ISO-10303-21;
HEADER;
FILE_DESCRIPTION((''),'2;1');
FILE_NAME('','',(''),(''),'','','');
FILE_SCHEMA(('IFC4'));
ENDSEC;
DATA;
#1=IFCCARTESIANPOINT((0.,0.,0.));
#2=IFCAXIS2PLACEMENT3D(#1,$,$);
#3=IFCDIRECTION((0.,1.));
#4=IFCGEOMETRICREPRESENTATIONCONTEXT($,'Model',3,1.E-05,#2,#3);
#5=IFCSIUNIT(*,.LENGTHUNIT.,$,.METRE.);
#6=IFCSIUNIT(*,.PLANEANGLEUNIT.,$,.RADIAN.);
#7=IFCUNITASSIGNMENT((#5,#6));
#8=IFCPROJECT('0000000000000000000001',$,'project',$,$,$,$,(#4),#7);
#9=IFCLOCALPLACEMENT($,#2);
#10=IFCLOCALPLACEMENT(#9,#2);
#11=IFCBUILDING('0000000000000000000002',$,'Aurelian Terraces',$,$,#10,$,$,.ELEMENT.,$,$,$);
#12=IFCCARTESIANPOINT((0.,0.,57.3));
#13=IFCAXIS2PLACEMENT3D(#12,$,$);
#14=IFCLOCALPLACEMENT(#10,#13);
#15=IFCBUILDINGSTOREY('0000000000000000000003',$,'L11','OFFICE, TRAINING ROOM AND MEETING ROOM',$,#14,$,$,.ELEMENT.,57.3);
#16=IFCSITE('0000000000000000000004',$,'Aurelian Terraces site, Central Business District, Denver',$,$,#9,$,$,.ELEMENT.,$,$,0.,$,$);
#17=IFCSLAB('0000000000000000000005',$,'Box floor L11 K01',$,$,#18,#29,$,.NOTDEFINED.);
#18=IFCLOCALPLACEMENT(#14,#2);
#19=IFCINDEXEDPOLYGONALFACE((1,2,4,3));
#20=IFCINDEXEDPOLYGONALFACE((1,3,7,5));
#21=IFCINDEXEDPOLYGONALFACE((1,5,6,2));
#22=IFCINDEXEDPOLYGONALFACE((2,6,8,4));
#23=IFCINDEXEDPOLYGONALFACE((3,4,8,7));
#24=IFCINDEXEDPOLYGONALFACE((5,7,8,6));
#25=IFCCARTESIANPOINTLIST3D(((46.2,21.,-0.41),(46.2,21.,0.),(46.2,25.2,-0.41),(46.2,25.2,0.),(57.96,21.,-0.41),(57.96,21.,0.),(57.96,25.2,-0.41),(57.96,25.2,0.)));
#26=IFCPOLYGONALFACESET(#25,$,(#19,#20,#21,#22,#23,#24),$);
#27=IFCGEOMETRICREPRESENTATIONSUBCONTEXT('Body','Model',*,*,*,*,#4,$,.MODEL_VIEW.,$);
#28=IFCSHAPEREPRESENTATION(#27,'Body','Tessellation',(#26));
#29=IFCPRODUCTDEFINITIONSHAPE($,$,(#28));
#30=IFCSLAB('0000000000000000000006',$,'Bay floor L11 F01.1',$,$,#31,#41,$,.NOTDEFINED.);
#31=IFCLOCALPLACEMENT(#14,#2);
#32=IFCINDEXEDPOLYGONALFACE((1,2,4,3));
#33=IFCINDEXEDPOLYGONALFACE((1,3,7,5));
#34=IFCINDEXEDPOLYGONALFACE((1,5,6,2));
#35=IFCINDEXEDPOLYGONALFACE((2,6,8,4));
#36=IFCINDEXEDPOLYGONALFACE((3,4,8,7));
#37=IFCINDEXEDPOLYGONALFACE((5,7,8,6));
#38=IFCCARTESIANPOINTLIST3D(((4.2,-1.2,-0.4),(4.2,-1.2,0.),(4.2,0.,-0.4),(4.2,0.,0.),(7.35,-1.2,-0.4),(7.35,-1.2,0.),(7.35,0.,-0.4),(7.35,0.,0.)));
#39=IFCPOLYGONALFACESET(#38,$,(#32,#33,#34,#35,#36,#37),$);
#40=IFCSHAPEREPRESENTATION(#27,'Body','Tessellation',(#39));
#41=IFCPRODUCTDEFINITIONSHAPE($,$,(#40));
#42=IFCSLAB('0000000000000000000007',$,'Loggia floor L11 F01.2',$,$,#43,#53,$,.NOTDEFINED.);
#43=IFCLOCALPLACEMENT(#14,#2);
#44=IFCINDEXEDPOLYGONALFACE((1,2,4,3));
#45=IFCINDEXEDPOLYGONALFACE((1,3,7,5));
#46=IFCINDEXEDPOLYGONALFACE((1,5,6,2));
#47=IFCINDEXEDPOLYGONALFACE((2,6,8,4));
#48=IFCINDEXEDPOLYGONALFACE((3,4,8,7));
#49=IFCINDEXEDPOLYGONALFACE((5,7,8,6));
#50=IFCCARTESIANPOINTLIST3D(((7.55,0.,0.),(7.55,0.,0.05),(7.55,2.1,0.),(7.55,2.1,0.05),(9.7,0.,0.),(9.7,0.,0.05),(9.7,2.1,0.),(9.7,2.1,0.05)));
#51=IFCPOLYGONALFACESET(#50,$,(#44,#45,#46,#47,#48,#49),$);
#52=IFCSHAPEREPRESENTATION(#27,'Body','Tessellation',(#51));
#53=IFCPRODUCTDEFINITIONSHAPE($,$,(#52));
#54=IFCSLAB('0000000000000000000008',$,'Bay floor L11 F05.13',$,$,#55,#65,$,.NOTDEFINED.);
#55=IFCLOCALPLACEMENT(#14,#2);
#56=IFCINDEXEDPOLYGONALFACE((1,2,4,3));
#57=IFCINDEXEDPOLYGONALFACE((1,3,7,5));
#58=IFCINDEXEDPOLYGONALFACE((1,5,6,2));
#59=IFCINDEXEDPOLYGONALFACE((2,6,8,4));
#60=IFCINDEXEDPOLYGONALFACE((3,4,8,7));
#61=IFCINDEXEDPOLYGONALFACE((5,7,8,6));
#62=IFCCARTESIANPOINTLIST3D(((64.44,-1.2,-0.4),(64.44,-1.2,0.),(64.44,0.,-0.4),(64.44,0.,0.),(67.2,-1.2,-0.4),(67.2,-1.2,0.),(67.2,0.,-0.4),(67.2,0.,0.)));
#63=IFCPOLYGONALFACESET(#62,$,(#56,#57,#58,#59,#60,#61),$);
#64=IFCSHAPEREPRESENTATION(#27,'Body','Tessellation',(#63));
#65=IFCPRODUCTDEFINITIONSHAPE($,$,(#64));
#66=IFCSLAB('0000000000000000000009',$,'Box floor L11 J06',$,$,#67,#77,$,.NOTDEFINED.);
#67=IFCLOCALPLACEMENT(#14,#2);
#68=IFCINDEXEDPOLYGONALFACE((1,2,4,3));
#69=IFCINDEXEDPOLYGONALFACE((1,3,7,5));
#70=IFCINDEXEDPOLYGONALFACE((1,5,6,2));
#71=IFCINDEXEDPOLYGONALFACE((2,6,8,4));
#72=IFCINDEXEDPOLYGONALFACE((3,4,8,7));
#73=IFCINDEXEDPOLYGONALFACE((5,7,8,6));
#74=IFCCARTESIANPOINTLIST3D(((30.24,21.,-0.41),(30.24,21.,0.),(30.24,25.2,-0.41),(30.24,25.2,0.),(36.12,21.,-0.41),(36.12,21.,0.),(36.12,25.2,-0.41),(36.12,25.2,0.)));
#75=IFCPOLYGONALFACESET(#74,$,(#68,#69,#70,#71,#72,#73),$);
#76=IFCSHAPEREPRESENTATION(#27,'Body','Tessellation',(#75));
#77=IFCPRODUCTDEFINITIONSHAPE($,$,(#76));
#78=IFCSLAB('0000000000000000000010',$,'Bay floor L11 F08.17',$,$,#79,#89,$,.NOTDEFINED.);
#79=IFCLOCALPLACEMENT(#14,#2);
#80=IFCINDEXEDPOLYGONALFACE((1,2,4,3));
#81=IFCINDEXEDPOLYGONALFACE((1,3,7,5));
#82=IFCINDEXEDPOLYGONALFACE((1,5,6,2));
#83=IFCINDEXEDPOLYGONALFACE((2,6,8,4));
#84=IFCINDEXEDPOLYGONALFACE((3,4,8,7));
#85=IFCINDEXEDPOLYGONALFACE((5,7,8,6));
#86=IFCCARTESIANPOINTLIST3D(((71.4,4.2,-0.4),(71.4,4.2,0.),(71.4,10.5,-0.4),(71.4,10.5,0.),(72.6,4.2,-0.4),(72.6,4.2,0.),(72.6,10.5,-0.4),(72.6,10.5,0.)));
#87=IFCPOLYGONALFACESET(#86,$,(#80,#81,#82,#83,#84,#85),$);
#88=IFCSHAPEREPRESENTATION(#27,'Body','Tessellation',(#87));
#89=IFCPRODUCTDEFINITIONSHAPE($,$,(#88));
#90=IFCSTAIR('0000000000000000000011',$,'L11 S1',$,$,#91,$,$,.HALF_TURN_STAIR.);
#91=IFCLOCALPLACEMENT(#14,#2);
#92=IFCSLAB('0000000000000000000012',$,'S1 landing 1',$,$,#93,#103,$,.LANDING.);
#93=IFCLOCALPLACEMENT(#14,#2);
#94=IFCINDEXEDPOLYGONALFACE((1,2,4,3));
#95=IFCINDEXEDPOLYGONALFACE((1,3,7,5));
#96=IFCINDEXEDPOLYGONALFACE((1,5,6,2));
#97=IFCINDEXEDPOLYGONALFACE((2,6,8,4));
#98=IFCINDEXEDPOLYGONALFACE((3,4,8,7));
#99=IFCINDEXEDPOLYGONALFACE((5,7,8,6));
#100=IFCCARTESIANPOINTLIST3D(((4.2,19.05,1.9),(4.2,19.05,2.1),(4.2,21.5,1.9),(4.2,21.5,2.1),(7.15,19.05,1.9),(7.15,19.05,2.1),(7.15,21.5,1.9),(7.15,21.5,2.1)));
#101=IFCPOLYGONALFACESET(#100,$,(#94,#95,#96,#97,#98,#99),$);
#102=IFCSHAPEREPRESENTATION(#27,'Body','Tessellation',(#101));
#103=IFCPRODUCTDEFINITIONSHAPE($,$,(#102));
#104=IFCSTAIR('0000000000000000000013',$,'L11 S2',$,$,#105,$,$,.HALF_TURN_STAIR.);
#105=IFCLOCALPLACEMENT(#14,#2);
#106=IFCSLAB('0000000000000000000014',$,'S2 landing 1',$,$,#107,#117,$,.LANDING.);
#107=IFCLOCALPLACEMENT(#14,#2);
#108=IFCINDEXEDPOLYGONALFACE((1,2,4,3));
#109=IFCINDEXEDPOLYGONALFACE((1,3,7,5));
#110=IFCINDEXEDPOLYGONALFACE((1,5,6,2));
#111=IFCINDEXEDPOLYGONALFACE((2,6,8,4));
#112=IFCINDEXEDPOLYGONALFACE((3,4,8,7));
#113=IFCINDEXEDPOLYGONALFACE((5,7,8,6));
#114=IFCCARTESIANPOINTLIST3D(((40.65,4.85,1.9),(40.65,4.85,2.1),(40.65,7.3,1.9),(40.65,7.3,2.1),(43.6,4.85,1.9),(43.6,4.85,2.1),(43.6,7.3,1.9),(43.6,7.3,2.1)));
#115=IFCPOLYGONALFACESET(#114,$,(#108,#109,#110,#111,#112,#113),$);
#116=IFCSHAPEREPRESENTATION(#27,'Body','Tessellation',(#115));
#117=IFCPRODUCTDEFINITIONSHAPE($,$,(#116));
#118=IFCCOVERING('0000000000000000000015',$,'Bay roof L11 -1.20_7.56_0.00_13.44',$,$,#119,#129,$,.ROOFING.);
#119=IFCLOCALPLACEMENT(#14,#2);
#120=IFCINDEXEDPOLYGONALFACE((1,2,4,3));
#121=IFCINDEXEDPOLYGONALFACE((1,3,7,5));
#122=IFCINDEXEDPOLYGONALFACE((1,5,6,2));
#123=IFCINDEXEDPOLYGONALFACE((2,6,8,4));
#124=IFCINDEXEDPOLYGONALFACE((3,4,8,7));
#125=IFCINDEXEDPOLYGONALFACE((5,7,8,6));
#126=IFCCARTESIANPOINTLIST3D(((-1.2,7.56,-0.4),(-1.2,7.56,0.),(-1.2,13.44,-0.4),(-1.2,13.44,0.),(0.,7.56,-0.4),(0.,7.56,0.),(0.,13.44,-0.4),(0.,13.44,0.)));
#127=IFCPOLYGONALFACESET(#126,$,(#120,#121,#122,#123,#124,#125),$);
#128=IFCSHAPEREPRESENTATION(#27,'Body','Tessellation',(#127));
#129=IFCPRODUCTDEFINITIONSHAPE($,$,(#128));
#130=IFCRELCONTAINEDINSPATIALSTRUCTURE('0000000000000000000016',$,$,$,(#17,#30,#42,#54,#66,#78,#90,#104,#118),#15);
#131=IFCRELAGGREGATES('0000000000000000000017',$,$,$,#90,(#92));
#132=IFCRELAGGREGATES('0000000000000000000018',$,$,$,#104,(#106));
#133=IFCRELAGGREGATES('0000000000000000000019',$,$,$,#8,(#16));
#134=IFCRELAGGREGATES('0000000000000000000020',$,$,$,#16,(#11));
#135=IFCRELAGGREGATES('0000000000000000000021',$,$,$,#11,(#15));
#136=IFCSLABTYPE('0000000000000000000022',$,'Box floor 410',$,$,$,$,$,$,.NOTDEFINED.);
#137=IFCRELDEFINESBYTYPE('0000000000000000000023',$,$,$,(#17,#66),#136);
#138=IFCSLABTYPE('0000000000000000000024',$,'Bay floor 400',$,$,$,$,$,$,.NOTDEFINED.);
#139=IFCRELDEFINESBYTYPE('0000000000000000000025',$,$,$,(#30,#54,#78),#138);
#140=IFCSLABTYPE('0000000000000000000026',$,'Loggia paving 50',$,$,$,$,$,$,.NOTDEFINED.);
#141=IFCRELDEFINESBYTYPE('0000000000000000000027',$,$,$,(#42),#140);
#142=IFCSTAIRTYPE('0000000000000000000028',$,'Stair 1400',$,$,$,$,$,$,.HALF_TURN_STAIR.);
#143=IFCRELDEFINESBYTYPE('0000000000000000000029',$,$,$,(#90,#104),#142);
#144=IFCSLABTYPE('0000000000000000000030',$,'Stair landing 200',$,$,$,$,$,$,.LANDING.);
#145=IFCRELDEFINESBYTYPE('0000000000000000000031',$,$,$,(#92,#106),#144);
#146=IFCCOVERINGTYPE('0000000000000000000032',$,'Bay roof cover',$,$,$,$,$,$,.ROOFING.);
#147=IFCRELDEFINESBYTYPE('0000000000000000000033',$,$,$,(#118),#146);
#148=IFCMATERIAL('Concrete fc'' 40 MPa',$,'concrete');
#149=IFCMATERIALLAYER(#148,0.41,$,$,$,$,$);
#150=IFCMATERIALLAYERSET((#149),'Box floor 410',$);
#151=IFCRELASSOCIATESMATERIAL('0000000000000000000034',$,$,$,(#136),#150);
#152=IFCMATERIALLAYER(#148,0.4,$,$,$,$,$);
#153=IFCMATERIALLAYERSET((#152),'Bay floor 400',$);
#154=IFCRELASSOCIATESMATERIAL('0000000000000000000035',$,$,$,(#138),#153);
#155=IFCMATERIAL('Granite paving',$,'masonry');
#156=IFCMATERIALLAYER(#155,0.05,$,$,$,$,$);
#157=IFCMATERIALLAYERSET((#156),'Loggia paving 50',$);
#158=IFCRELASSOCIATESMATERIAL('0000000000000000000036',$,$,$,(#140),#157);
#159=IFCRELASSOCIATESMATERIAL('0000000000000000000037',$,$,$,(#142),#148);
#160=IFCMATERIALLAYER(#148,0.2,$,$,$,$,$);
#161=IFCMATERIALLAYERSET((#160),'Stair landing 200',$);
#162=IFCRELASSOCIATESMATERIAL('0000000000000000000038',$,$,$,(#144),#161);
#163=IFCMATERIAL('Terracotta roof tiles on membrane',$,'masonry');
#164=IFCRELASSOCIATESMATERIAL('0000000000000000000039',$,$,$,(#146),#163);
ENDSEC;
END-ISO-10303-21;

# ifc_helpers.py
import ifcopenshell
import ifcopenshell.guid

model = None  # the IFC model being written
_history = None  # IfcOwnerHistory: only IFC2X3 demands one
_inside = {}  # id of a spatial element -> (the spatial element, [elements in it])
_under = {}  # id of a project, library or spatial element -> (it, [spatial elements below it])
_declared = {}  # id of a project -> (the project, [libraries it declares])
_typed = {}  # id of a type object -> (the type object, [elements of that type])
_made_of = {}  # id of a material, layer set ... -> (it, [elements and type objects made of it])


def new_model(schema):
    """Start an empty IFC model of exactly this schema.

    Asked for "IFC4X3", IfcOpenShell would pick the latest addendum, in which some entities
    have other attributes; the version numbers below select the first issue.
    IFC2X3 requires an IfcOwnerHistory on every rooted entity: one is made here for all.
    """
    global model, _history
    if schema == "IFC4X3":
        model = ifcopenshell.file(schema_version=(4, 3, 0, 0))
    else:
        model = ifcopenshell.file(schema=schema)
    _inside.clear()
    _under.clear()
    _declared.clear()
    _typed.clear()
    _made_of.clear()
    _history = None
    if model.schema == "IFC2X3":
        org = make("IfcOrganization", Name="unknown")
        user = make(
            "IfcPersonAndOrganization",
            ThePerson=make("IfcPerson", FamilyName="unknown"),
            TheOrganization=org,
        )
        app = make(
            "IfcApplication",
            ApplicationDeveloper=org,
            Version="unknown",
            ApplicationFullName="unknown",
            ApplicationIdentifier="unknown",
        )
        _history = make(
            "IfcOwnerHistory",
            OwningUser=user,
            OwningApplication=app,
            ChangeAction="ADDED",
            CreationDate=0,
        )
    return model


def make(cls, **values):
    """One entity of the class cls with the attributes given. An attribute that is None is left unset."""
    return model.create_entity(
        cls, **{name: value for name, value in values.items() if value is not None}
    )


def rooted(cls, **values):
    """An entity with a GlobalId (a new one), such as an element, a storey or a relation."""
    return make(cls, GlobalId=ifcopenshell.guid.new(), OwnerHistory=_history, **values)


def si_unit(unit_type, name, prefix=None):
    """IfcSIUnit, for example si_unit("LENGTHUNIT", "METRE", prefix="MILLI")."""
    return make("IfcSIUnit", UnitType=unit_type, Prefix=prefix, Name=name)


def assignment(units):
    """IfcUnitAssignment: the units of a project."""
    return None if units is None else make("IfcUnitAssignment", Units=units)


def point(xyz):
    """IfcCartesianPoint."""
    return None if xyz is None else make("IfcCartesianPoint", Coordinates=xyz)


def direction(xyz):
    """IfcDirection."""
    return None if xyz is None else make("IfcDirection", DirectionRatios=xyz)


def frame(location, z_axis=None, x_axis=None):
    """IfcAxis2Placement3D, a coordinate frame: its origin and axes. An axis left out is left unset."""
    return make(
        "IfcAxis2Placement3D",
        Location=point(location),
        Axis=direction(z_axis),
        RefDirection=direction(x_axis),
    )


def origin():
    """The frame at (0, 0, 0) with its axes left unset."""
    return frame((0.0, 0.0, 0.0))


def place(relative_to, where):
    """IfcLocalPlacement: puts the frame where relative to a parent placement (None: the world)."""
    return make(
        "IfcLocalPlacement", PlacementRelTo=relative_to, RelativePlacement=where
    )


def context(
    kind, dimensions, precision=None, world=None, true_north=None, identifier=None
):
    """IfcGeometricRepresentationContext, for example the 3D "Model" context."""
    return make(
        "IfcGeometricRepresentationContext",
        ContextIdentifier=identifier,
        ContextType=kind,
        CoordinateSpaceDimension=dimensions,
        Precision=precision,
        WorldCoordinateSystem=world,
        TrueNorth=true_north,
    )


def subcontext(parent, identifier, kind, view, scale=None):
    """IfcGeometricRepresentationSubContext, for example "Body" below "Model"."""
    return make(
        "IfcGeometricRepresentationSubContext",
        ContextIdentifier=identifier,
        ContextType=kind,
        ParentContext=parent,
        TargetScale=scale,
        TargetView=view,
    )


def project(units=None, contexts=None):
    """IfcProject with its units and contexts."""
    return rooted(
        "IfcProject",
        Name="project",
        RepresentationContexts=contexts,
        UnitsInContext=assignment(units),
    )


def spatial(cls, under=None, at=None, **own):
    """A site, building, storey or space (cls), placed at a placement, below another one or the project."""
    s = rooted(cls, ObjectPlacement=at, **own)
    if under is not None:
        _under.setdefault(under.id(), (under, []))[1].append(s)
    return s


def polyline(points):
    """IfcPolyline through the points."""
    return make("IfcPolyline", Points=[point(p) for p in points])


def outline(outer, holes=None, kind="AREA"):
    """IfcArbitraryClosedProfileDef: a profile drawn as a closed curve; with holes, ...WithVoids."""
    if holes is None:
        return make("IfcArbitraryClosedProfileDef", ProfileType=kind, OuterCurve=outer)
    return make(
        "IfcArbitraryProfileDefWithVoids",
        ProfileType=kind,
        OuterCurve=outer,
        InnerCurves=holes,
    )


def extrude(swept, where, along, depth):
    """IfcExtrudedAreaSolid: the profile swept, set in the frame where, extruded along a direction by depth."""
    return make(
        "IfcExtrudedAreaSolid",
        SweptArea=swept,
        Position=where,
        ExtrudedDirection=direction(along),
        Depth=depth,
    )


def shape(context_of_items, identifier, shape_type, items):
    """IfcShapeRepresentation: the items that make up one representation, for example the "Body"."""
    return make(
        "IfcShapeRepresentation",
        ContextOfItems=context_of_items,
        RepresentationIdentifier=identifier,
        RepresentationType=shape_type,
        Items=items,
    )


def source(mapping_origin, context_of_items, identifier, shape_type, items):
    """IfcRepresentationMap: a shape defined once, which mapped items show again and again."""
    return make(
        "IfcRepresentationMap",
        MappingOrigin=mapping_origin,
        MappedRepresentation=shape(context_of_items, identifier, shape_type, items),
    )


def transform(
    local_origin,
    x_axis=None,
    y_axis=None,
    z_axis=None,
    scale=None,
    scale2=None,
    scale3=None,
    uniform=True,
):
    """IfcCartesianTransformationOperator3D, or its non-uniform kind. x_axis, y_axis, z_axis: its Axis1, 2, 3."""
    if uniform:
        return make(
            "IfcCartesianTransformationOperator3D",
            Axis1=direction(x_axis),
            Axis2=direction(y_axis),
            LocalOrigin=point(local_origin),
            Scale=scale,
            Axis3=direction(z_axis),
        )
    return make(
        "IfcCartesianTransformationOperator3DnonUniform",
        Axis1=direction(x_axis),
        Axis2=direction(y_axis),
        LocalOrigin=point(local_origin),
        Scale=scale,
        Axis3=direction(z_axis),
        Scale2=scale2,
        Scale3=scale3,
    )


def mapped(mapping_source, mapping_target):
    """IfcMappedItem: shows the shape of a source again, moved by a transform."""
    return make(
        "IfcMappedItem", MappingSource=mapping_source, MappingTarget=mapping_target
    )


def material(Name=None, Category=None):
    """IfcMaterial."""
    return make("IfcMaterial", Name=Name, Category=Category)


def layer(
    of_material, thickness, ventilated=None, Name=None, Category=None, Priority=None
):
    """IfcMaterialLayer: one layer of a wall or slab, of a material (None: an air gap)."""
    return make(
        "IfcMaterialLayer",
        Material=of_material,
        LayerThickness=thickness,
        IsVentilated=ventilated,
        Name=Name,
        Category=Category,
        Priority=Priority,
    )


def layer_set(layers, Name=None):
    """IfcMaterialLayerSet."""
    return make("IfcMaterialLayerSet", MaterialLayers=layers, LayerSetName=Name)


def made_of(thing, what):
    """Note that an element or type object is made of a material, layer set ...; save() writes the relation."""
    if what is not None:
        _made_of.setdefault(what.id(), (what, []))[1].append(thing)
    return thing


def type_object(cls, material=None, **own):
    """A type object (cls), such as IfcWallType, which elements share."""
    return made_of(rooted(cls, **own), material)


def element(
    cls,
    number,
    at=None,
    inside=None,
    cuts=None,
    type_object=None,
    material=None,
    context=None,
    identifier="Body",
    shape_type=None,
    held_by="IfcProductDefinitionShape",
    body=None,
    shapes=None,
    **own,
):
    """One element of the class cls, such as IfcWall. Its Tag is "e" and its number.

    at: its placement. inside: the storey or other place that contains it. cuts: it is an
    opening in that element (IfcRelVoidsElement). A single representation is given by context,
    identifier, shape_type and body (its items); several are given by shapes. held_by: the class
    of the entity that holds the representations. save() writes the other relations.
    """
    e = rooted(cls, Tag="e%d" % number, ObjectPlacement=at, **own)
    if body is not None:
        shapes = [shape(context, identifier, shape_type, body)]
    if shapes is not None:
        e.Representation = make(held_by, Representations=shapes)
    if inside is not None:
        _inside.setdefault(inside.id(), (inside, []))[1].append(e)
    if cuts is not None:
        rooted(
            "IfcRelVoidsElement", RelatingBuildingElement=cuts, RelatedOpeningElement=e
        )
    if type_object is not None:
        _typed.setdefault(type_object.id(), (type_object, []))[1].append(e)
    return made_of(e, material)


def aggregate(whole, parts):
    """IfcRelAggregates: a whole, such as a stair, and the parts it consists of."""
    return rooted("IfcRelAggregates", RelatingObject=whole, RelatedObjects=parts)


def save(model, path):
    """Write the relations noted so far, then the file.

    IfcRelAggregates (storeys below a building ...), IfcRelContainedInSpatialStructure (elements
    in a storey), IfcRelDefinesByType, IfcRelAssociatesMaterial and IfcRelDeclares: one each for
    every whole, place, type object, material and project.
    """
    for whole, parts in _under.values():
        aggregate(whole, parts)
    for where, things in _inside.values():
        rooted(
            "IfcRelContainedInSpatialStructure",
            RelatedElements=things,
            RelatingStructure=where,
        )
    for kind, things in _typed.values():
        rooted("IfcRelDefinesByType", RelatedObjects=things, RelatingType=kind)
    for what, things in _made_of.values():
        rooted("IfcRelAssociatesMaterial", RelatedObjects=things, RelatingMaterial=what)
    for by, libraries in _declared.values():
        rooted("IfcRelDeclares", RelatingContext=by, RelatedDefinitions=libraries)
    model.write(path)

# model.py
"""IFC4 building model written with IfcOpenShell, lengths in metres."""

from ifc_helpers import new_model, si_unit, direction, frame, origin, place, context, subcontext, project, spatial, polyline, outline, extrude, source, transform, mapped, material, layer, layer_set, type_object, element, aggregate, save


model = new_model("IFC4")

# Units and contexts
model_context = context("Model", 3, precision=1e-05, world=origin(), true_north=direction((0.0, 1.0)))
body_context = subcontext(model_context, "Body", "Model", "MODEL_VIEW")
ifc_project = project(units=[si_unit("LENGTHUNIT", "METRE"), si_unit("PLANEANGLEUNIT", "RADIAN")], contexts=[model_context])

# Site, building, storey
site_placement = place(None, origin())
site = spatial("IfcSite", under=ifc_project, at=site_placement, Name="Aurelian Terraces site, Central Business District, Denver", CompositionType="ELEMENT", RefElevation=0.0)
building_placement = place(site_placement, origin())
building = spatial("IfcBuilding", under=site, at=building_placement, Name="Aurelian Terraces", CompositionType="ELEMENT")
storey_placement = place(building_placement, frame((0.0, 0.0, 57.3)))
storey = spatial("IfcBuildingStorey", under=building, at=storey_placement, Name="L11", Description="OFFICE, TRAINING ROOM AND MEETING ROOM", CompositionType="ELEMENT", Elevation=57.3)

# Slabs
ifc_material_1 = material(Name="Concrete fc' 40 MPa", Category="concrete")
ifc_layer_1 = layer(ifc_material_1, 0.41)
ifc_layer_set_1 = layer_set([ifc_layer_1], Name="Box floor 410")
slab_type_1 = type_object("IfcSlabType", Name="Box floor 410", PredefinedType="NOTDEFINED", material=ifc_layer_set_1)
ifc_layer_2 = layer(ifc_material_1, 0.4)
ifc_layer_set_2 = layer_set([ifc_layer_2], Name="Bay floor 400")
slab_type_2 = type_object("IfcSlabType", Name="Bay floor 400", PredefinedType="NOTDEFINED", material=ifc_layer_set_2)
shared_shape_1 = source(origin(), body_context, "Body", "SweptSolid", [
    extrude(outline(polyline([(57.96, 25.2), (46.2, 25.2), (46.2, 21.0), (57.96, 21.0), (57.96, 25.2)])), origin(), (0.0, 0.0, 1.0), 0.41),
])
slab_1_placement = place(storey_placement, frame((0.0, 0.0, -0.41)))
element("IfcSlab", 1, at=slab_1_placement, inside=storey, type_object=slab_type_1, Name="Box floor L11 K01", PredefinedType="NOTDEFINED", context=body_context, shape_type="MappedRepresentation", body=[
    mapped(shared_shape_1, transform((0.0, 0.0, 0.0), scale=1.0)),
])
shared_shape_2 = source(origin(), body_context, "Body", "SweptSolid", [
    extrude(outline(polyline([(4.2, 0.0), (7.35, 0.0), (7.35, -1.2), (4.2, -1.2), (4.2, 0.0)])), origin(), (0.0, 0.0, 1.0), 0.4),
])
slab_2_placement = place(storey_placement, frame((0.0, 0.0, -0.4)))
element("IfcSlab", 2, at=slab_2_placement, inside=storey, type_object=slab_type_2, Name="Bay floor L11 F01.1", PredefinedType="NOTDEFINED", context=body_context, shape_type="MappedRepresentation", body=[
    mapped(shared_shape_2, transform((0.0, 0.0, 0.0), scale=1.0)),
])
ifc_material_2 = material(Name="Granite paving", Category="masonry")
ifc_layer_3 = layer(ifc_material_2, 0.05)
ifc_layer_set_3 = layer_set([ifc_layer_3], Name="Loggia paving 50")
slab_type_3 = type_object("IfcSlabType", Name="Loggia paving 50", PredefinedType="NOTDEFINED", material=ifc_layer_set_3)
shared_shape_3 = source(origin(), body_context, "Body", "SweptSolid", [
    extrude(outline(polyline([(7.55, 0.0), (9.7, 0.0), (9.7, 2.1), (7.55, 2.1), (7.55, 0.0)])), origin(), (0.0, 0.0, 1.0), 0.05),
])
slab_3_placement = place(storey_placement, origin())
element("IfcSlab", 3, at=slab_3_placement, inside=storey, type_object=slab_type_3, Name="Loggia floor L11 F01.2", PredefinedType="NOTDEFINED", context=body_context, shape_type="MappedRepresentation", body=[
    mapped(shared_shape_3, transform((0.0, 0.0, 0.0), scale=1.0)),
])
shared_shape_4 = source(origin(), body_context, "Body", "SweptSolid", [
    extrude(outline(polyline([(64.44, 0.0), (67.2, 0.0), (67.2, -1.2), (64.44, -1.2), (64.44, 0.0)])), origin(), (0.0, 0.0, 1.0), 0.4),
])
slab_4_placement = place(storey_placement, frame((0.0, 0.0, -0.4)))
element("IfcSlab", 4, at=slab_4_placement, inside=storey, type_object=slab_type_2, Name="Bay floor L11 F05.13", PredefinedType="NOTDEFINED", context=body_context, shape_type="MappedRepresentation", body=[
    mapped(shared_shape_4, transform((0.0, 0.0, 0.0), scale=1.0)),
])
shared_shape_5 = source(origin(), body_context, "Body", "SweptSolid", [
    extrude(outline(polyline([(36.12, 25.2), (30.24, 25.2), (30.24, 21.0), (36.12, 21.0), (36.12, 25.2)])), origin(), (0.0, 0.0, 1.0), 0.41),
])
slab_5_placement = place(storey_placement, frame((0.0, 0.0, -0.41)))
element("IfcSlab", 5, at=slab_5_placement, inside=storey, type_object=slab_type_1, Name="Box floor L11 J06", PredefinedType="NOTDEFINED", context=body_context, shape_type="MappedRepresentation", body=[
    mapped(shared_shape_5, transform((0.0, 0.0, 0.0), scale=1.0)),
])
shared_shape_6 = source(origin(), body_context, "Body", "SweptSolid", [
    extrude(outline(polyline([(71.4, 4.2), (71.4, 10.5), (72.6, 10.5), (72.6, 4.2), (71.4, 4.2)])), origin(), (0.0, 0.0, 1.0), 0.4),
])
slab_6_placement = place(storey_placement, frame((0.0, 0.0, -0.4)))
element("IfcSlab", 6, at=slab_6_placement, inside=storey, type_object=slab_type_2, Name="Bay floor L11 F08.17", PredefinedType="NOTDEFINED", context=body_context, shape_type="MappedRepresentation", body=[
    mapped(shared_shape_6, transform((0.0, 0.0, 0.0), scale=1.0)),
])

# Stairs, slabs
stair_type = type_object("IfcStairType", Name="Stair 1400", PredefinedType="HALF_TURN_STAIR", material=ifc_material_1)
stair_1_placement = place(storey_placement, origin())
stair_1 = element("IfcStair", 7, at=stair_1_placement, inside=storey, type_object=stair_type, Name="L11 S1", PredefinedType="HALF_TURN_STAIR")
ifc_layer_4 = layer(ifc_material_1, 0.2)
ifc_layer_set_4 = layer_set([ifc_layer_4], Name="Stair landing 200")
slab_type_4 = type_object("IfcSlabType", Name="Stair landing 200", PredefinedType="LANDING", material=ifc_layer_set_4)
shared_shape_7 = source(origin(), body_context, "Body", "SweptSolid", [
    extrude(outline(polyline([(7.15, 19.05), (7.15, 21.5), (4.2, 21.5), (4.2, 19.05), (7.15, 19.05)])), origin(), (0.0, 0.0, 1.0), 0.2),
])
slab_7_placement = place(storey_placement, frame((0.0, 0.0, 1.9)))
slab_7 = element("IfcSlab", 8, at=slab_7_placement, type_object=slab_type_4, Name="S1 landing 1", PredefinedType="LANDING", context=body_context, shape_type="MappedRepresentation", body=[
    mapped(shared_shape_7, transform((0.0, 0.0, 0.0), scale=1.0)),
])
aggregate(stair_1, [slab_7])
stair_2_placement = place(storey_placement, origin())
stair_2 = element("IfcStair", 9, at=stair_2_placement, inside=storey, type_object=stair_type, Name="L11 S2", PredefinedType="HALF_TURN_STAIR")
shared_shape_8 = source(origin(), body_context, "Body", "SweptSolid", [
    extrude(outline(polyline([(43.6, 4.85), (43.6, 7.3), (40.65, 7.3), (40.65, 4.85), (43.6, 4.85)])), origin(), (0.0, 0.0, 1.0), 0.2),
])
slab_8_placement = place(storey_placement, frame((0.0, 0.0, 1.9)))
slab_8 = element("IfcSlab", 10, at=slab_8_placement, type_object=slab_type_4, Name="S2 landing 1", PredefinedType="LANDING", context=body_context, shape_type="MappedRepresentation", body=[
    mapped(shared_shape_8, transform((0.0, 0.0, 0.0), scale=1.0)),
])
aggregate(stair_2, [slab_8])

# Covering
ifc_material_3 = material(Name="Terracotta roof tiles on membrane", Category="masonry")
covering_type = type_object("IfcCoveringType", Name="Bay roof cover", PredefinedType="ROOFING", material=ifc_material_3)
covering_placement = place(storey_placement, frame((0.0, 0.0, -0.4)))
element("IfcCovering", 11, at=covering_placement, inside=storey, type_object=covering_type, Name="Bay roof L11 -1.20_7.56_0.00_13.44", PredefinedType="ROOFING", context=body_context, shape_type="SweptSolid", body=[
    extrude(outline(polyline([(0.0, 7.56), (-1.2, 7.56), (-1.2, 13.44), (0.0, 13.44), (0.0, 7.56)])), origin(), (0.0, 0.0, 1.0), 0.4),
])

save(model, "model.ifc")
